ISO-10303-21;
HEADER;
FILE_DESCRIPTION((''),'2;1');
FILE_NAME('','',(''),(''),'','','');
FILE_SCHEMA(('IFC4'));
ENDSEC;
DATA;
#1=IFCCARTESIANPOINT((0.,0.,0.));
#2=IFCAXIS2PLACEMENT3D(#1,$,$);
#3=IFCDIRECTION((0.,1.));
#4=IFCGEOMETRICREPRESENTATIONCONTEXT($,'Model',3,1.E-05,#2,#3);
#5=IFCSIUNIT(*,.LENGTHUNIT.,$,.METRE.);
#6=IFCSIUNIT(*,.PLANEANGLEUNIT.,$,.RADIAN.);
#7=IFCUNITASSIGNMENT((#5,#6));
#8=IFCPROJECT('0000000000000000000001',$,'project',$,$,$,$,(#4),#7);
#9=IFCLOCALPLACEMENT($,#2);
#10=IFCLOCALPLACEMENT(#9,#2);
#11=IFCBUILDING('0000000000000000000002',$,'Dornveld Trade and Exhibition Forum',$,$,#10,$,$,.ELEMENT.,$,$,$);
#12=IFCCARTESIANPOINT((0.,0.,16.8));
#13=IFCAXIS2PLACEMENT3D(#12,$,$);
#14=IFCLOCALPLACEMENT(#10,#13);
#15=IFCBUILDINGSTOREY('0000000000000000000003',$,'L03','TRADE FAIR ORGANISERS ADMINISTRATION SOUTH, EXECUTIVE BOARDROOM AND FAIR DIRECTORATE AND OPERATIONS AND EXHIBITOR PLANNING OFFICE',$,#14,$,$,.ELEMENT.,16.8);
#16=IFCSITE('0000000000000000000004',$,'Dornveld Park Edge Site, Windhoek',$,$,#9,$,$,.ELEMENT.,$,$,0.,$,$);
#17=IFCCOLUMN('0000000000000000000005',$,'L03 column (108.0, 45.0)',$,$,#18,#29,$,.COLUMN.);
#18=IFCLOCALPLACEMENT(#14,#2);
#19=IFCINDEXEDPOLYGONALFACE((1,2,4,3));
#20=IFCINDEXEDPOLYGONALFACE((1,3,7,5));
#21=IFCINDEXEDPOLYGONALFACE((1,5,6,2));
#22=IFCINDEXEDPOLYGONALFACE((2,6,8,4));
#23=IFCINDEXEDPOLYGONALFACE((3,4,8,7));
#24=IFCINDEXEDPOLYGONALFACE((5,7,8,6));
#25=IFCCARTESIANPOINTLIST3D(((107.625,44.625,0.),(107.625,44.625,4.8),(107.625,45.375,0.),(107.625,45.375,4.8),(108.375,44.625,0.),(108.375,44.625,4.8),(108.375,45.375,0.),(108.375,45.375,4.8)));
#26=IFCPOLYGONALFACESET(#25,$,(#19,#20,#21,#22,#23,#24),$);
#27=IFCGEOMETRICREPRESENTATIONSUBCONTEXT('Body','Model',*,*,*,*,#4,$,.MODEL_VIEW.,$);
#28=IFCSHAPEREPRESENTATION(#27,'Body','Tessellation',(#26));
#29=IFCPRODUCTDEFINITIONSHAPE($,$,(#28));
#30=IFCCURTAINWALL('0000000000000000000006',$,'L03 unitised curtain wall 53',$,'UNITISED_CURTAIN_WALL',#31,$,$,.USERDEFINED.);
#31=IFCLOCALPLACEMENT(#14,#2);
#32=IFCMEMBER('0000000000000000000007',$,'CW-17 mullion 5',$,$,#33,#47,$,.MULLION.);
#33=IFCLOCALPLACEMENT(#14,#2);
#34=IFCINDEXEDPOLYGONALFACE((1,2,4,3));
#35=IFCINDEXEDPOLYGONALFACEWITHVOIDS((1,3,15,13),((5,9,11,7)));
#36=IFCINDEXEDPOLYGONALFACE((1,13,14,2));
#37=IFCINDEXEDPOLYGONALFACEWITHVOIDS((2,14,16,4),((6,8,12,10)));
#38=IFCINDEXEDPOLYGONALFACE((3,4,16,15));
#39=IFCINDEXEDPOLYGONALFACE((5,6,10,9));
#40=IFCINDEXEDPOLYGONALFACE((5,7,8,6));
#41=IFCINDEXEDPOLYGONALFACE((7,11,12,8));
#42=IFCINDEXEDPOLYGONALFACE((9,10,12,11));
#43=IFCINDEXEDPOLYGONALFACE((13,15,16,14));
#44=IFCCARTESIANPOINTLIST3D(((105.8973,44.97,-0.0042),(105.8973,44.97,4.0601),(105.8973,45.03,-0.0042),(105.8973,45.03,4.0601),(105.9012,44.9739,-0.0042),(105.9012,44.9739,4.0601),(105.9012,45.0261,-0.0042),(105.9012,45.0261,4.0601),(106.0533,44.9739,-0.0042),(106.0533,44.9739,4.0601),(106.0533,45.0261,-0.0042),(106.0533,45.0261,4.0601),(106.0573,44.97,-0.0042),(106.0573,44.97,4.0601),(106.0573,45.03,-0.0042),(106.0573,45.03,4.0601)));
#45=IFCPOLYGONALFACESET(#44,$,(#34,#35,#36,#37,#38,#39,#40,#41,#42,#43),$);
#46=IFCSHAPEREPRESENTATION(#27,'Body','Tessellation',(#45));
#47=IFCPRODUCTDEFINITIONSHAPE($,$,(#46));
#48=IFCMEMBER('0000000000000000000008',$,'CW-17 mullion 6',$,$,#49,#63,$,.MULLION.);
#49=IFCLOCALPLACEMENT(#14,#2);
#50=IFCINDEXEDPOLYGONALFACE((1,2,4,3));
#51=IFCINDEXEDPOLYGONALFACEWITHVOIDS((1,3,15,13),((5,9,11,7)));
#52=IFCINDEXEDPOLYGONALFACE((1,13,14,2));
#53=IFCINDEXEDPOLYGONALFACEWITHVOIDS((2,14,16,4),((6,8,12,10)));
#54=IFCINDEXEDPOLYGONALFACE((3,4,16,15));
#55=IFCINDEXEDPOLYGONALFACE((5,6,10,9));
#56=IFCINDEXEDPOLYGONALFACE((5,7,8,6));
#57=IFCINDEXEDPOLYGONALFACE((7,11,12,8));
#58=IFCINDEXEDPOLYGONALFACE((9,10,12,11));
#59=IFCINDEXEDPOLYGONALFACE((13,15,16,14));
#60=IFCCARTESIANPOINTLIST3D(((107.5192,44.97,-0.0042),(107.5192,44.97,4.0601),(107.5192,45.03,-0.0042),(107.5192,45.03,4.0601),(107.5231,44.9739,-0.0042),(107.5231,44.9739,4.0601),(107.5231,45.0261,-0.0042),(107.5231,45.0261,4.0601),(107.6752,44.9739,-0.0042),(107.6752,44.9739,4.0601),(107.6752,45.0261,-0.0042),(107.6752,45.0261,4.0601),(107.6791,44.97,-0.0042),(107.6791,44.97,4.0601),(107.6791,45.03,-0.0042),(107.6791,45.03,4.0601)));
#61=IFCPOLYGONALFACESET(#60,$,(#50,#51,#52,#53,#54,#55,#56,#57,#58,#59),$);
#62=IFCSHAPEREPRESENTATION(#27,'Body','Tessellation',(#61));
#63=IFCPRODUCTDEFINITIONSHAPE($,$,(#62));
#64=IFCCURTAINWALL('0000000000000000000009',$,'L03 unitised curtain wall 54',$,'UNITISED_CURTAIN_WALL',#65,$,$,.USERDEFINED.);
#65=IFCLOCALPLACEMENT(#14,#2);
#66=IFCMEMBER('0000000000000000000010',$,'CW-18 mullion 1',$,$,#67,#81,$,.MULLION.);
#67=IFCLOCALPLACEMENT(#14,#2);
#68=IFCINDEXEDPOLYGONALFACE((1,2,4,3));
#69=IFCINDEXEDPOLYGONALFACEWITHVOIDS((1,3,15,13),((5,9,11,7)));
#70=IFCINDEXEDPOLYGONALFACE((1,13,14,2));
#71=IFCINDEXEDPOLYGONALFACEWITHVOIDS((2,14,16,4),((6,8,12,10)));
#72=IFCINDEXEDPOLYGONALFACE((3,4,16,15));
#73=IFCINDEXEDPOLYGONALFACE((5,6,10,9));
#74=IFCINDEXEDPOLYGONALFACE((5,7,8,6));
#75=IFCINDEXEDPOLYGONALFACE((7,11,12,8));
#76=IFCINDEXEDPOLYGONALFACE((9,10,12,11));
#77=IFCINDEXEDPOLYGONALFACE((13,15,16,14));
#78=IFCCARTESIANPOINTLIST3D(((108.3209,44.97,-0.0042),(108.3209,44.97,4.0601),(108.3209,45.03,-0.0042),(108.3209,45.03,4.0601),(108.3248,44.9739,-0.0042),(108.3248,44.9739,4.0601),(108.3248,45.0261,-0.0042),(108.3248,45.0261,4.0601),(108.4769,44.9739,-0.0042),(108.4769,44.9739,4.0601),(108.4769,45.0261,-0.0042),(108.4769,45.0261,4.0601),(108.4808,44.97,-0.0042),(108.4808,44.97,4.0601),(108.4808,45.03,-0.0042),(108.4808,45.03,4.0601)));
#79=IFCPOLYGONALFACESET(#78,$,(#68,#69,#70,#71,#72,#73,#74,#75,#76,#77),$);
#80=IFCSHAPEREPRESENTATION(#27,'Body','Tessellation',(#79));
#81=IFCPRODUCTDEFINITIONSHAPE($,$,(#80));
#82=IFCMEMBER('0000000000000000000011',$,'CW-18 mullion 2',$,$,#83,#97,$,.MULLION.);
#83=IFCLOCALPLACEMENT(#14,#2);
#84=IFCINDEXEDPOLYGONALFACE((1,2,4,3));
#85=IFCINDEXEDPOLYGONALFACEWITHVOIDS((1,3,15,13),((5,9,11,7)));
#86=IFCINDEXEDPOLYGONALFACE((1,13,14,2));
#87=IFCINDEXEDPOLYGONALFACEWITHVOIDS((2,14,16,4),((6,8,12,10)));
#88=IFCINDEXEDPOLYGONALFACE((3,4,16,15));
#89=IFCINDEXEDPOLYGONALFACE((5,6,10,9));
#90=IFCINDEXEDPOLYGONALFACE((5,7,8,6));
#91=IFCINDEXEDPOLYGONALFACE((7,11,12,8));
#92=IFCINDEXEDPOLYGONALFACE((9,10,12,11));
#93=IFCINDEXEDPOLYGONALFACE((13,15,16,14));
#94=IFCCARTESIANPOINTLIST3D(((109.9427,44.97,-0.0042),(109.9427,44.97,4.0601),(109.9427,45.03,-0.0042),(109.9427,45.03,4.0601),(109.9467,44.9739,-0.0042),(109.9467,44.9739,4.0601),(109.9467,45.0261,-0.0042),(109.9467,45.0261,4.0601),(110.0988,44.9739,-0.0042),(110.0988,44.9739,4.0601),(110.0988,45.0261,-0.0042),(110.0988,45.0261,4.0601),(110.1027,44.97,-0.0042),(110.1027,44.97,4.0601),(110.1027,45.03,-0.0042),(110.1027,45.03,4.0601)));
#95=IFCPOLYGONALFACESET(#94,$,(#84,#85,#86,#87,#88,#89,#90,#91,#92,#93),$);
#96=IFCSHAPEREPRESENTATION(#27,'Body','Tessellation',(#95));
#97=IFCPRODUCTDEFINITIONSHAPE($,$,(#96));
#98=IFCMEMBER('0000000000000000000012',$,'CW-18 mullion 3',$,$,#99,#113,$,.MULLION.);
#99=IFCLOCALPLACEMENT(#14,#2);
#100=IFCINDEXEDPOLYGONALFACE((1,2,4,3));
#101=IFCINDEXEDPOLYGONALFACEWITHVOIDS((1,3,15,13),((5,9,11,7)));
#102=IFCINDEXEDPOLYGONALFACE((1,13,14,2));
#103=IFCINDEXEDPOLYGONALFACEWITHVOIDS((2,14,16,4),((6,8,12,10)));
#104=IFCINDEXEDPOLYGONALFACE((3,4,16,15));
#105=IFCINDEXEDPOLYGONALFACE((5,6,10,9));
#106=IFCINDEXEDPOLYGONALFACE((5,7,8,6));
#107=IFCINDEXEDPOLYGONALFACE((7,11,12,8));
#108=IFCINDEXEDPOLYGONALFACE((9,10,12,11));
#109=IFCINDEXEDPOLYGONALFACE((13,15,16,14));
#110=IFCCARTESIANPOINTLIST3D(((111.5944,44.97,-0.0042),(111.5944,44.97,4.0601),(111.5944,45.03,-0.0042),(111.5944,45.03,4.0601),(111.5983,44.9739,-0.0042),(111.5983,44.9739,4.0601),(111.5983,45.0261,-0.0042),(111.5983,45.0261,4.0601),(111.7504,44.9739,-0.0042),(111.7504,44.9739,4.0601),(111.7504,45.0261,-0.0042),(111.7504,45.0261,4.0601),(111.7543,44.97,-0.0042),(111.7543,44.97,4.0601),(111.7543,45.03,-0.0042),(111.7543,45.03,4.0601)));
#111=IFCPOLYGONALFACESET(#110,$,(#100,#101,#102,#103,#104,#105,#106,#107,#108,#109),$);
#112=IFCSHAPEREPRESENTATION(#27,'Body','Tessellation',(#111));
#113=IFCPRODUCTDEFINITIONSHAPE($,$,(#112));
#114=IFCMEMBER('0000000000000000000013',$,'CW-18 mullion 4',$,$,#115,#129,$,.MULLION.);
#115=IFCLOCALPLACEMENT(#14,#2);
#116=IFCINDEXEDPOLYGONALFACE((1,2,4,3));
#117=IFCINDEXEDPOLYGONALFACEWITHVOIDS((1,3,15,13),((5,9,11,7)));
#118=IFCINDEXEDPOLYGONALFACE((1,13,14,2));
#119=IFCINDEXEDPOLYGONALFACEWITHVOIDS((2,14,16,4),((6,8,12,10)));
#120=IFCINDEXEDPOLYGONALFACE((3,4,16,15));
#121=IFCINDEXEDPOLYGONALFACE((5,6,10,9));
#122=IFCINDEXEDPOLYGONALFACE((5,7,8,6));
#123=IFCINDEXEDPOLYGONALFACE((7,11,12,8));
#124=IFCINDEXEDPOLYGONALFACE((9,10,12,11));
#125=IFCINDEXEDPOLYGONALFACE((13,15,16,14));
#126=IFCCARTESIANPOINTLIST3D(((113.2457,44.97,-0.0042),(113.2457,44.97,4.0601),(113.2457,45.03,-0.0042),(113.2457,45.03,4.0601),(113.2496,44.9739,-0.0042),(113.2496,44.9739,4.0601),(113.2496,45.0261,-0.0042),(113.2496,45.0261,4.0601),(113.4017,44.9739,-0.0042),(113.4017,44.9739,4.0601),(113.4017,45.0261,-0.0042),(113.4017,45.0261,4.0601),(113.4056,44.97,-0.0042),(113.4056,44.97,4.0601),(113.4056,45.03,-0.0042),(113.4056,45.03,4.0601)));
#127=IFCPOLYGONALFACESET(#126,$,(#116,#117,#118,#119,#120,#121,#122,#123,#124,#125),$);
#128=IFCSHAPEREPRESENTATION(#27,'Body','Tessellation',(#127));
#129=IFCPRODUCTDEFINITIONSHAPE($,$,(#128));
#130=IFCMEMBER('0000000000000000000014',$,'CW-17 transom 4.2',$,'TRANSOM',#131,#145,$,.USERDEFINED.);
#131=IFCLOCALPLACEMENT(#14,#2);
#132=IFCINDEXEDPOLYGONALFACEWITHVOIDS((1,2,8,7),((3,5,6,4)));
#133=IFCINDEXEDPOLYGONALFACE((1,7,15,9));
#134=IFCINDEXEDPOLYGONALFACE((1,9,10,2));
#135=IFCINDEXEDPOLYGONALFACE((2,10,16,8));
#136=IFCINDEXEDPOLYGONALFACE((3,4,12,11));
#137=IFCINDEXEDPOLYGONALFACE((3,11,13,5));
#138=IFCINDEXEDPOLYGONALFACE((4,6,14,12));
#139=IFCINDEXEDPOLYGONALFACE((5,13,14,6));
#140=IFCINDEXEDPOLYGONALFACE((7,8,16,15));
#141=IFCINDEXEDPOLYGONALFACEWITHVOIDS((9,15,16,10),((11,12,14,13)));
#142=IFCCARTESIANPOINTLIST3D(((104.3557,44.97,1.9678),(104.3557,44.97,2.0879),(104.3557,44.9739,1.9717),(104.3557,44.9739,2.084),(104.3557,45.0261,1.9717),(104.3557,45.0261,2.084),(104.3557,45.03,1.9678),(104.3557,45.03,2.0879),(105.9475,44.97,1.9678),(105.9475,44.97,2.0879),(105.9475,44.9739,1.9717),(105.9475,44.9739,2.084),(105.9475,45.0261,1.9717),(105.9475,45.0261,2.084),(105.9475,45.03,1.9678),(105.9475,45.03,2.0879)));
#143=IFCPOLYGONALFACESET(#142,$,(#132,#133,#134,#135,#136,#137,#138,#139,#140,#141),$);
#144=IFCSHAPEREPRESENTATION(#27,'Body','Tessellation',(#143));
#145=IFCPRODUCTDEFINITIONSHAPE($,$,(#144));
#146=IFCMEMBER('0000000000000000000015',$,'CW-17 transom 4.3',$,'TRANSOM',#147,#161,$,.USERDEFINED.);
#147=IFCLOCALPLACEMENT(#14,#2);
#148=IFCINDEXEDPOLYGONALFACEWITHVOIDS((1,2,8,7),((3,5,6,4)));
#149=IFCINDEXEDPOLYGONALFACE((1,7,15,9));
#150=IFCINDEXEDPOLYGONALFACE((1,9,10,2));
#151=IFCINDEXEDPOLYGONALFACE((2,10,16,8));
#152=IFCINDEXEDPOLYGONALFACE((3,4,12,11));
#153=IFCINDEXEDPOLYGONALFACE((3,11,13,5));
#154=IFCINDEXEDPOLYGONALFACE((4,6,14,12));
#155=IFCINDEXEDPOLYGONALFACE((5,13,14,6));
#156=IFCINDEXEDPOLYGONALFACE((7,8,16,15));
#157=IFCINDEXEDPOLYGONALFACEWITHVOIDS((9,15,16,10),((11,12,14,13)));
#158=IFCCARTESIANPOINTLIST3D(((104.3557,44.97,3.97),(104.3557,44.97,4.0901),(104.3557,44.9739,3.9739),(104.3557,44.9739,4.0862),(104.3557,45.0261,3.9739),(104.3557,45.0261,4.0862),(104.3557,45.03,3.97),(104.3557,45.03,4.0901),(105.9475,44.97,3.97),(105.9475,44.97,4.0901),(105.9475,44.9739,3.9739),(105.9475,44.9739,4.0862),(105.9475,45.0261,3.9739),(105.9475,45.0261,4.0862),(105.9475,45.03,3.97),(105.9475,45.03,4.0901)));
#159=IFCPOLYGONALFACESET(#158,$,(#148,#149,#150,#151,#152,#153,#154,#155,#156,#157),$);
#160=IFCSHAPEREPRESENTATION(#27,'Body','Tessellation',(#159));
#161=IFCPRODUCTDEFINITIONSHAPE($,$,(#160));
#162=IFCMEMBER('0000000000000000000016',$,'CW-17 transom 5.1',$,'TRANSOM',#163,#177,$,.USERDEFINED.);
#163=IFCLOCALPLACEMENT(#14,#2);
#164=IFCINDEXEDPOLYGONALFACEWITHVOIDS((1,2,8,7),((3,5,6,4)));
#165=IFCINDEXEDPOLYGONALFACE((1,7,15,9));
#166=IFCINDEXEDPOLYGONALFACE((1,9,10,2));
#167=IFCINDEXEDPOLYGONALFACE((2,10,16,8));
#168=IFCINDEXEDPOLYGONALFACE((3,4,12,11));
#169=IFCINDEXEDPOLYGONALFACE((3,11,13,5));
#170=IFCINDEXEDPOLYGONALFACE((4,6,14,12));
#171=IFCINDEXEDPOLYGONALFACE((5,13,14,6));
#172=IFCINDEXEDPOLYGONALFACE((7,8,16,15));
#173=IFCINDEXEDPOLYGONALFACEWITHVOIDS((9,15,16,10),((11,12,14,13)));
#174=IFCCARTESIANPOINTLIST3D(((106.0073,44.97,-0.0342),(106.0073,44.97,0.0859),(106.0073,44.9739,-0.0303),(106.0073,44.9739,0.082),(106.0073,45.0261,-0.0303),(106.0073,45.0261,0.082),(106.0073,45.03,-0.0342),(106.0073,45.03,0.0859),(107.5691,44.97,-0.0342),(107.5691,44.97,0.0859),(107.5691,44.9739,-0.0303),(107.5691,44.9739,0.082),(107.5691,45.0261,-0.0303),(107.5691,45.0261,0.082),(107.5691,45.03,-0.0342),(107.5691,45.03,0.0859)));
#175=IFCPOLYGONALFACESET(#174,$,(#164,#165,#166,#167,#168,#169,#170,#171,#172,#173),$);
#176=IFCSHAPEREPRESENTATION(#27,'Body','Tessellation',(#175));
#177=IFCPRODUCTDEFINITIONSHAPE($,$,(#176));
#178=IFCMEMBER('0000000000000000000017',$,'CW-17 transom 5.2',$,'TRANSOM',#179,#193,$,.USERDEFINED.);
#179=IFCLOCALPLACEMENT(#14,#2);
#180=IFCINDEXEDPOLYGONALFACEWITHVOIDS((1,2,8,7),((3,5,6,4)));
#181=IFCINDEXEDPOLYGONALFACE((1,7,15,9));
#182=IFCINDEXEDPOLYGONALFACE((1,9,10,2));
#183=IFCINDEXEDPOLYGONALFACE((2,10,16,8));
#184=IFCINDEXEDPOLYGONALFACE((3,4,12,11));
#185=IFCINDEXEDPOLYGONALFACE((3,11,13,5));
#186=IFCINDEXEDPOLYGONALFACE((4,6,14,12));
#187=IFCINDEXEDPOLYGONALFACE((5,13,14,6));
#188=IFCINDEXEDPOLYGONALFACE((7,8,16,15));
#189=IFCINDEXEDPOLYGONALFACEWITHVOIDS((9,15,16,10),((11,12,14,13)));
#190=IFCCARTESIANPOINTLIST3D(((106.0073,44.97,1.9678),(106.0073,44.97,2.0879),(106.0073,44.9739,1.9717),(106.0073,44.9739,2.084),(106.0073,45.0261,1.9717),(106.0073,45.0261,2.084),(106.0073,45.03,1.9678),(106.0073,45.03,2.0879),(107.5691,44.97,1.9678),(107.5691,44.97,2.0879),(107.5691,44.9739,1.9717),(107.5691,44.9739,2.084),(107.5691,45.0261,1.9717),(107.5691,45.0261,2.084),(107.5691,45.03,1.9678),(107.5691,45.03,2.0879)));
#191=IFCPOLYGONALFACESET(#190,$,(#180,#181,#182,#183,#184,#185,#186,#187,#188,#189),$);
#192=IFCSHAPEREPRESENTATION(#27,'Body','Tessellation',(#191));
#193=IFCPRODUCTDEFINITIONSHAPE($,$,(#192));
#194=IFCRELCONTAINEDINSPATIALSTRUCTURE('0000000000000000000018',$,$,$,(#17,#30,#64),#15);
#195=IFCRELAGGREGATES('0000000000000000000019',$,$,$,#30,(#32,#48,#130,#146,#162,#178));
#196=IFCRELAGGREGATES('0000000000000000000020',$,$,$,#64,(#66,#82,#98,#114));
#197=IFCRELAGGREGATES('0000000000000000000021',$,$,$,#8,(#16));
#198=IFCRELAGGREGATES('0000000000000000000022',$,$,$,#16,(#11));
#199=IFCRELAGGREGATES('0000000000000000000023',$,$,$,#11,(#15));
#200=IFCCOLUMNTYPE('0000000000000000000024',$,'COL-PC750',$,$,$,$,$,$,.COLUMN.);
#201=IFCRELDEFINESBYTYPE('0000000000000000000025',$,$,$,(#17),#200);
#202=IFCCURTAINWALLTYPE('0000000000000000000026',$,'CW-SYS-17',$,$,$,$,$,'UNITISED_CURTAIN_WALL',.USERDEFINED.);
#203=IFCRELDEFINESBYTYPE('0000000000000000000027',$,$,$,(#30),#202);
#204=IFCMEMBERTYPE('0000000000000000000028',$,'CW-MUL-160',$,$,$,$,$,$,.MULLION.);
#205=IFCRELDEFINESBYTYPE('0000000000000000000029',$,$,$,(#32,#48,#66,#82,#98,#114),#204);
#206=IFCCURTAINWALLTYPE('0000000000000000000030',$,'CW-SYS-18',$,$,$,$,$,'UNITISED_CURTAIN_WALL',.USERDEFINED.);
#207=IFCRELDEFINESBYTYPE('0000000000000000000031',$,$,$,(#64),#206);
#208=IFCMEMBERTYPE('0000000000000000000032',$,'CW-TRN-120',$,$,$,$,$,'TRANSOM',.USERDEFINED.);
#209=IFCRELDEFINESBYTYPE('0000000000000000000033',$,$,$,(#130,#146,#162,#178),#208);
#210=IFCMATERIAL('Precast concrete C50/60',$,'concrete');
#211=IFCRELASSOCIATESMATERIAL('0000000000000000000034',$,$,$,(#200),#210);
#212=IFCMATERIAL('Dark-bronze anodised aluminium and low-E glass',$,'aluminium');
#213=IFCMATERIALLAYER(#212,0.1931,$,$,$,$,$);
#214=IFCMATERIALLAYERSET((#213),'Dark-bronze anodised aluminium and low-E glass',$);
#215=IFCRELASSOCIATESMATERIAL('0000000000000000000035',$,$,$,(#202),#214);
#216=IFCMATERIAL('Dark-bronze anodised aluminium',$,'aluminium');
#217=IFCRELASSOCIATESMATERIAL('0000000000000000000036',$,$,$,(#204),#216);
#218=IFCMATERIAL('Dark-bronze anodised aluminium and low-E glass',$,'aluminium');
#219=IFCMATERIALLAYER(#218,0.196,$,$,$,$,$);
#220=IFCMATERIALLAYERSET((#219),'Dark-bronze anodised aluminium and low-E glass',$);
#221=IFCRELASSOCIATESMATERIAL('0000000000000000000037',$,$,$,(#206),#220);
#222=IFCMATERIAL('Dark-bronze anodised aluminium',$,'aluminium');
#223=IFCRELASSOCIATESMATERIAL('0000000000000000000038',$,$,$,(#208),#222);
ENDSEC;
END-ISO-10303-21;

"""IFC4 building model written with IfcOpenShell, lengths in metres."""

from ifc_helpers import new_model, si_unit, direction, frame, origin, origin_2d, place, context, subcontext, project, spatial, rectangle, hollow_rectangle, extrude, material, layer, layer_set, material_profile, profile_set, type_object, element, aggregate, save


model = new_model("IFC4")

# Units and contexts
model_context = context("Model", 3, precision=1e-05, world=origin(), true_north=direction((0.0, 1.0)))
body_context = subcontext(model_context, "Body", "Model", "MODEL_VIEW")
ifc_project = project(units=[si_unit("LENGTHUNIT", "METRE"), si_unit("PLANEANGLEUNIT", "RADIAN")], contexts=[model_context])

# Site, building, storey
site_placement = place(None, origin())
site = spatial("IfcSite", under=ifc_project, at=site_placement, Name="Dornveld Park Edge Site, Windhoek", CompositionType="ELEMENT", RefElevation=0.0)
building_placement = place(site_placement, origin())
building = spatial("IfcBuilding", under=site, at=building_placement, Name="Dornveld Trade and Exhibition Forum", CompositionType="ELEMENT")
storey_placement = place(building_placement, frame((0.0, 0.0, 16.8)))
storey = spatial("IfcBuildingStorey", under=building, at=storey_placement, Name="L03", Description="TRADE FAIR ORGANISERS ADMINISTRATION SOUTH, EXECUTIVE BOARDROOM AND FAIR DIRECTORATE AND OPERATIONS AND EXHIBITOR PLANNING OFFICE", CompositionType="ELEMENT", Elevation=16.8)

# Column
ifc_material_1 = material(Name="Precast concrete C50/60", Category="concrete")
ifc_material_profile_1 = material_profile(ifc_material_1, rectangle(XDim=0.75, YDim=0.75, at=origin_2d()), Name="PC-COL 750x750")
ifc_profile_set_1 = profile_set([ifc_material_profile_1], Name="Precast concrete C50/60")
column_type = type_object("IfcColumnType", Name="COL-PC750", PredefinedType="COLUMN", material=ifc_profile_set_1)
column_placement = place(storey_placement, frame((108.0, 45.0, 0.0), z_axis=(0.0, 0.0, 1.0), x_axis=(1.0, 0.0, 0.0)))
element("IfcColumn", 1, at=column_placement, inside=storey, type_object=column_type, Name="L03 column (108.0, 45.0)", PredefinedType="COLUMN", context=body_context, shape_type="SweptSolid", body=[
    extrude(rectangle(XDim=0.75, YDim=0.75, at=origin_2d()), origin(), (0.0, 0.0, 1.0), 4.8),
])

# Curtain walls, members
ifc_material_2 = material(Name="Dark-bronze anodised aluminium and low-E glass", Category="aluminium")
ifc_layer_1 = layer(ifc_material_2, 0.1931)
ifc_layer_set_1 = layer_set([ifc_layer_1], Name="Dark-bronze anodised aluminium and low-E glass")
curtain_wall_type_1 = type_object("IfcCurtainWallType", Name="CW-SYS-17", ElementType="UNITISED_CURTAIN_WALL", PredefinedType="USERDEFINED", material=ifc_layer_set_1)
curtain_wall_1_placement = place(storey_placement, origin())
curtain_wall_1 = element("IfcCurtainWall", 2, at=curtain_wall_1_placement, inside=storey, type_object=curtain_wall_type_1, Name="L03 unitised curtain wall 53", ObjectType="UNITISED_CURTAIN_WALL", PredefinedType="USERDEFINED")
ifc_material_3 = material(Name="Dark-bronze anodised aluminium", Category="aluminium")
ifc_material_profile_2 = material_profile(ifc_material_3, hollow_rectangle(XDim=0.0601, YDim=0.1599, WallThickness=0.0039, at=origin_2d()), Name="RHS 160x60x4")
ifc_profile_set_2 = profile_set([ifc_material_profile_2], Name="Dark-bronze anodised aluminium")
member_type_1 = type_object("IfcMemberType", Name="CW-MUL-160", PredefinedType="MULLION", material=ifc_profile_set_2)
member_1_placement = place(storey_placement, frame((105.9773, 45.0, -0.0042), z_axis=(0.0, 0.0, 1.0), x_axis=(0.0, 1.0, 0.0)))
member_1 = element("IfcMember", 3, at=member_1_placement, type_object=member_type_1, Name="CW-17 mullion 5", PredefinedType="MULLION", context=body_context, shape_type="SweptSolid", body=[
    extrude(hollow_rectangle(XDim=0.0601, YDim=0.1599, WallThickness=0.0039, at=origin_2d()), origin(), (0.0, 0.0, 1.0), 4.0642),
])
member_2_placement = place(storey_placement, frame((107.5991, 45.0, -0.0042), z_axis=(0.0, 0.0, 1.0), x_axis=(0.0, 1.0, 0.0)))
member_2 = element("IfcMember", 4, at=member_2_placement, type_object=member_type_1, Name="CW-17 mullion 6", PredefinedType="MULLION", context=body_context, shape_type="SweptSolid", body=[
    extrude(hollow_rectangle(XDim=0.0601, YDim=0.1599, WallThickness=0.0039, at=origin_2d()), origin(), (0.0, 0.0, 1.0), 4.0642),
])
ifc_material_4 = material(Name="Dark-bronze anodised aluminium and low-E glass", Category="aluminium")
ifc_layer_2 = layer(ifc_material_4, 0.196)
ifc_layer_set_2 = layer_set([ifc_layer_2], Name="Dark-bronze anodised aluminium and low-E glass")
curtain_wall_type_2 = type_object("IfcCurtainWallType", Name="CW-SYS-18", ElementType="UNITISED_CURTAIN_WALL", PredefinedType="USERDEFINED", material=ifc_layer_set_2)
curtain_wall_2_placement = place(storey_placement, origin())
curtain_wall_2 = element("IfcCurtainWall", 5, at=curtain_wall_2_placement, inside=storey, type_object=curtain_wall_type_2, Name="L03 unitised curtain wall 54", ObjectType="UNITISED_CURTAIN_WALL", PredefinedType="USERDEFINED")
member_3_placement = place(storey_placement, frame((108.4009, 45.0, -0.0042), z_axis=(0.0, 0.0, 1.0), x_axis=(0.0, 1.0, 0.0)))
member_3 = element("IfcMember", 6, at=member_3_placement, type_object=member_type_1, Name="CW-18 mullion 1", PredefinedType="MULLION", context=body_context, shape_type="SweptSolid", body=[
    extrude(hollow_rectangle(XDim=0.0601, YDim=0.1599, WallThickness=0.0039, at=origin_2d()), origin(), (0.0, 0.0, 1.0), 4.0642),
])
member_4_placement = place(storey_placement, frame((110.0227, 45.0, -0.0042), z_axis=(0.0, 0.0, 1.0), x_axis=(0.0, 1.0, 0.0)))
member_4 = element("IfcMember", 7, at=member_4_placement, type_object=member_type_1, Name="CW-18 mullion 2", PredefinedType="MULLION", context=body_context, shape_type="SweptSolid", body=[
    extrude(hollow_rectangle(XDim=0.0601, YDim=0.1599, WallThickness=0.0039, at=origin_2d()), origin(), (0.0, 0.0, 1.0), 4.0642),
])
member_5_placement = place(storey_placement, frame((111.6743, 45.0, -0.0042), z_axis=(0.0, 0.0, 1.0), x_axis=(0.0, 1.0, 0.0)))
member_5 = element("IfcMember", 8, at=member_5_placement, type_object=member_type_1, Name="CW-18 mullion 3", PredefinedType="MULLION", context=body_context, shape_type="SweptSolid", body=[
    extrude(hollow_rectangle(XDim=0.0601, YDim=0.1599, WallThickness=0.0039, at=origin_2d()), origin(), (0.0, 0.0, 1.0), 4.0642),
])
member_6_placement = place(storey_placement, frame((113.3257, 45.0, -0.0042), z_axis=(0.0, 0.0, 1.0), x_axis=(0.0, 1.0, 0.0)))
member_6 = element("IfcMember", 9, at=member_6_placement, type_object=member_type_1, Name="CW-18 mullion 4", PredefinedType="MULLION", context=body_context, shape_type="SweptSolid", body=[
    extrude(hollow_rectangle(XDim=0.0601, YDim=0.1599, WallThickness=0.0039, at=origin_2d()), origin(), (0.0, 0.0, 1.0), 4.0642),
])

# Members
ifc_material_5 = material(Name="Dark-bronze anodised aluminium", Category="aluminium")
ifc_material_profile_3 = material_profile(ifc_material_5, hollow_rectangle(XDim=0.0601, YDim=0.1201, WallThickness=0.0039, at=origin_2d()), Name="RHS 120x60x4")
ifc_profile_set_3 = profile_set([ifc_material_profile_3], Name="Dark-bronze anodised aluminium")
member_type_2 = type_object("IfcMemberType", Name="CW-TRN-120", ElementType="TRANSOM", PredefinedType="USERDEFINED", material=ifc_profile_set_3)
member_7_placement = place(storey_placement, frame((104.3557, 45.0, 2.0278), z_axis=(1.0, 0.0, 0.0), x_axis=(0.0, 1.0, 0.0)))
member_7 = element("IfcMember", 10, at=member_7_placement, type_object=member_type_2, Name="CW-17 transom 4.2", ObjectType="TRANSOM", PredefinedType="USERDEFINED", context=body_context, shape_type="SweptSolid", body=[
    extrude(hollow_rectangle(XDim=0.0601, YDim=0.1201, WallThickness=0.0039, at=origin_2d()), origin(), (0.0, 0.0, 1.0), 1.5918),
])
member_8_placement = place(storey_placement, frame((104.3557, 45.0, 4.03), z_axis=(1.0, 0.0, 0.0), x_axis=(0.0, 1.0, 0.0)))
member_8 = element("IfcMember", 11, at=member_8_placement, type_object=member_type_2, Name="CW-17 transom 4.3", ObjectType="TRANSOM", PredefinedType="USERDEFINED", context=body_context, shape_type="SweptSolid", body=[
    extrude(hollow_rectangle(XDim=0.0601, YDim=0.1201, WallThickness=0.0039, at=origin_2d()), origin(), (0.0, 0.0, 1.0), 1.5918),
])
member_9_placement = place(storey_placement, frame((106.0073, 45.0, 0.0259), z_axis=(1.0, 0.0, 0.0), x_axis=(0.0, 1.0, 0.0)))
member_9 = element("IfcMember", 12, at=member_9_placement, type_object=member_type_2, Name="CW-17 transom 5.1", ObjectType="TRANSOM", PredefinedType="USERDEFINED", context=body_context, shape_type="SweptSolid", body=[
    extrude(hollow_rectangle(XDim=0.0601, YDim=0.1201, WallThickness=0.0039, at=origin_2d()), origin(), (0.0, 0.0, 1.0), 1.5618),
])
member_10_placement = place(storey_placement, frame((106.0073, 45.0, 2.0278), z_axis=(1.0, 0.0, 0.0), x_axis=(0.0, 1.0, 0.0)))
member_10 = element("IfcMember", 13, at=member_10_placement, type_object=member_type_2, Name="CW-17 transom 5.2", ObjectType="TRANSOM", PredefinedType="USERDEFINED", context=body_context, shape_type="SweptSolid", body=[
    extrude(hollow_rectangle(XDim=0.0601, YDim=0.1201, WallThickness=0.0039, at=origin_2d()), origin(), (0.0, 0.0, 1.0), 1.5618),
])

aggregate(curtain_wall_1, [member_1, member_2, member_7, member_8, member_9, member_10])
aggregate(curtain_wall_2, [member_3, member_4, member_5, member_6])

save(model, "model.ifc")
